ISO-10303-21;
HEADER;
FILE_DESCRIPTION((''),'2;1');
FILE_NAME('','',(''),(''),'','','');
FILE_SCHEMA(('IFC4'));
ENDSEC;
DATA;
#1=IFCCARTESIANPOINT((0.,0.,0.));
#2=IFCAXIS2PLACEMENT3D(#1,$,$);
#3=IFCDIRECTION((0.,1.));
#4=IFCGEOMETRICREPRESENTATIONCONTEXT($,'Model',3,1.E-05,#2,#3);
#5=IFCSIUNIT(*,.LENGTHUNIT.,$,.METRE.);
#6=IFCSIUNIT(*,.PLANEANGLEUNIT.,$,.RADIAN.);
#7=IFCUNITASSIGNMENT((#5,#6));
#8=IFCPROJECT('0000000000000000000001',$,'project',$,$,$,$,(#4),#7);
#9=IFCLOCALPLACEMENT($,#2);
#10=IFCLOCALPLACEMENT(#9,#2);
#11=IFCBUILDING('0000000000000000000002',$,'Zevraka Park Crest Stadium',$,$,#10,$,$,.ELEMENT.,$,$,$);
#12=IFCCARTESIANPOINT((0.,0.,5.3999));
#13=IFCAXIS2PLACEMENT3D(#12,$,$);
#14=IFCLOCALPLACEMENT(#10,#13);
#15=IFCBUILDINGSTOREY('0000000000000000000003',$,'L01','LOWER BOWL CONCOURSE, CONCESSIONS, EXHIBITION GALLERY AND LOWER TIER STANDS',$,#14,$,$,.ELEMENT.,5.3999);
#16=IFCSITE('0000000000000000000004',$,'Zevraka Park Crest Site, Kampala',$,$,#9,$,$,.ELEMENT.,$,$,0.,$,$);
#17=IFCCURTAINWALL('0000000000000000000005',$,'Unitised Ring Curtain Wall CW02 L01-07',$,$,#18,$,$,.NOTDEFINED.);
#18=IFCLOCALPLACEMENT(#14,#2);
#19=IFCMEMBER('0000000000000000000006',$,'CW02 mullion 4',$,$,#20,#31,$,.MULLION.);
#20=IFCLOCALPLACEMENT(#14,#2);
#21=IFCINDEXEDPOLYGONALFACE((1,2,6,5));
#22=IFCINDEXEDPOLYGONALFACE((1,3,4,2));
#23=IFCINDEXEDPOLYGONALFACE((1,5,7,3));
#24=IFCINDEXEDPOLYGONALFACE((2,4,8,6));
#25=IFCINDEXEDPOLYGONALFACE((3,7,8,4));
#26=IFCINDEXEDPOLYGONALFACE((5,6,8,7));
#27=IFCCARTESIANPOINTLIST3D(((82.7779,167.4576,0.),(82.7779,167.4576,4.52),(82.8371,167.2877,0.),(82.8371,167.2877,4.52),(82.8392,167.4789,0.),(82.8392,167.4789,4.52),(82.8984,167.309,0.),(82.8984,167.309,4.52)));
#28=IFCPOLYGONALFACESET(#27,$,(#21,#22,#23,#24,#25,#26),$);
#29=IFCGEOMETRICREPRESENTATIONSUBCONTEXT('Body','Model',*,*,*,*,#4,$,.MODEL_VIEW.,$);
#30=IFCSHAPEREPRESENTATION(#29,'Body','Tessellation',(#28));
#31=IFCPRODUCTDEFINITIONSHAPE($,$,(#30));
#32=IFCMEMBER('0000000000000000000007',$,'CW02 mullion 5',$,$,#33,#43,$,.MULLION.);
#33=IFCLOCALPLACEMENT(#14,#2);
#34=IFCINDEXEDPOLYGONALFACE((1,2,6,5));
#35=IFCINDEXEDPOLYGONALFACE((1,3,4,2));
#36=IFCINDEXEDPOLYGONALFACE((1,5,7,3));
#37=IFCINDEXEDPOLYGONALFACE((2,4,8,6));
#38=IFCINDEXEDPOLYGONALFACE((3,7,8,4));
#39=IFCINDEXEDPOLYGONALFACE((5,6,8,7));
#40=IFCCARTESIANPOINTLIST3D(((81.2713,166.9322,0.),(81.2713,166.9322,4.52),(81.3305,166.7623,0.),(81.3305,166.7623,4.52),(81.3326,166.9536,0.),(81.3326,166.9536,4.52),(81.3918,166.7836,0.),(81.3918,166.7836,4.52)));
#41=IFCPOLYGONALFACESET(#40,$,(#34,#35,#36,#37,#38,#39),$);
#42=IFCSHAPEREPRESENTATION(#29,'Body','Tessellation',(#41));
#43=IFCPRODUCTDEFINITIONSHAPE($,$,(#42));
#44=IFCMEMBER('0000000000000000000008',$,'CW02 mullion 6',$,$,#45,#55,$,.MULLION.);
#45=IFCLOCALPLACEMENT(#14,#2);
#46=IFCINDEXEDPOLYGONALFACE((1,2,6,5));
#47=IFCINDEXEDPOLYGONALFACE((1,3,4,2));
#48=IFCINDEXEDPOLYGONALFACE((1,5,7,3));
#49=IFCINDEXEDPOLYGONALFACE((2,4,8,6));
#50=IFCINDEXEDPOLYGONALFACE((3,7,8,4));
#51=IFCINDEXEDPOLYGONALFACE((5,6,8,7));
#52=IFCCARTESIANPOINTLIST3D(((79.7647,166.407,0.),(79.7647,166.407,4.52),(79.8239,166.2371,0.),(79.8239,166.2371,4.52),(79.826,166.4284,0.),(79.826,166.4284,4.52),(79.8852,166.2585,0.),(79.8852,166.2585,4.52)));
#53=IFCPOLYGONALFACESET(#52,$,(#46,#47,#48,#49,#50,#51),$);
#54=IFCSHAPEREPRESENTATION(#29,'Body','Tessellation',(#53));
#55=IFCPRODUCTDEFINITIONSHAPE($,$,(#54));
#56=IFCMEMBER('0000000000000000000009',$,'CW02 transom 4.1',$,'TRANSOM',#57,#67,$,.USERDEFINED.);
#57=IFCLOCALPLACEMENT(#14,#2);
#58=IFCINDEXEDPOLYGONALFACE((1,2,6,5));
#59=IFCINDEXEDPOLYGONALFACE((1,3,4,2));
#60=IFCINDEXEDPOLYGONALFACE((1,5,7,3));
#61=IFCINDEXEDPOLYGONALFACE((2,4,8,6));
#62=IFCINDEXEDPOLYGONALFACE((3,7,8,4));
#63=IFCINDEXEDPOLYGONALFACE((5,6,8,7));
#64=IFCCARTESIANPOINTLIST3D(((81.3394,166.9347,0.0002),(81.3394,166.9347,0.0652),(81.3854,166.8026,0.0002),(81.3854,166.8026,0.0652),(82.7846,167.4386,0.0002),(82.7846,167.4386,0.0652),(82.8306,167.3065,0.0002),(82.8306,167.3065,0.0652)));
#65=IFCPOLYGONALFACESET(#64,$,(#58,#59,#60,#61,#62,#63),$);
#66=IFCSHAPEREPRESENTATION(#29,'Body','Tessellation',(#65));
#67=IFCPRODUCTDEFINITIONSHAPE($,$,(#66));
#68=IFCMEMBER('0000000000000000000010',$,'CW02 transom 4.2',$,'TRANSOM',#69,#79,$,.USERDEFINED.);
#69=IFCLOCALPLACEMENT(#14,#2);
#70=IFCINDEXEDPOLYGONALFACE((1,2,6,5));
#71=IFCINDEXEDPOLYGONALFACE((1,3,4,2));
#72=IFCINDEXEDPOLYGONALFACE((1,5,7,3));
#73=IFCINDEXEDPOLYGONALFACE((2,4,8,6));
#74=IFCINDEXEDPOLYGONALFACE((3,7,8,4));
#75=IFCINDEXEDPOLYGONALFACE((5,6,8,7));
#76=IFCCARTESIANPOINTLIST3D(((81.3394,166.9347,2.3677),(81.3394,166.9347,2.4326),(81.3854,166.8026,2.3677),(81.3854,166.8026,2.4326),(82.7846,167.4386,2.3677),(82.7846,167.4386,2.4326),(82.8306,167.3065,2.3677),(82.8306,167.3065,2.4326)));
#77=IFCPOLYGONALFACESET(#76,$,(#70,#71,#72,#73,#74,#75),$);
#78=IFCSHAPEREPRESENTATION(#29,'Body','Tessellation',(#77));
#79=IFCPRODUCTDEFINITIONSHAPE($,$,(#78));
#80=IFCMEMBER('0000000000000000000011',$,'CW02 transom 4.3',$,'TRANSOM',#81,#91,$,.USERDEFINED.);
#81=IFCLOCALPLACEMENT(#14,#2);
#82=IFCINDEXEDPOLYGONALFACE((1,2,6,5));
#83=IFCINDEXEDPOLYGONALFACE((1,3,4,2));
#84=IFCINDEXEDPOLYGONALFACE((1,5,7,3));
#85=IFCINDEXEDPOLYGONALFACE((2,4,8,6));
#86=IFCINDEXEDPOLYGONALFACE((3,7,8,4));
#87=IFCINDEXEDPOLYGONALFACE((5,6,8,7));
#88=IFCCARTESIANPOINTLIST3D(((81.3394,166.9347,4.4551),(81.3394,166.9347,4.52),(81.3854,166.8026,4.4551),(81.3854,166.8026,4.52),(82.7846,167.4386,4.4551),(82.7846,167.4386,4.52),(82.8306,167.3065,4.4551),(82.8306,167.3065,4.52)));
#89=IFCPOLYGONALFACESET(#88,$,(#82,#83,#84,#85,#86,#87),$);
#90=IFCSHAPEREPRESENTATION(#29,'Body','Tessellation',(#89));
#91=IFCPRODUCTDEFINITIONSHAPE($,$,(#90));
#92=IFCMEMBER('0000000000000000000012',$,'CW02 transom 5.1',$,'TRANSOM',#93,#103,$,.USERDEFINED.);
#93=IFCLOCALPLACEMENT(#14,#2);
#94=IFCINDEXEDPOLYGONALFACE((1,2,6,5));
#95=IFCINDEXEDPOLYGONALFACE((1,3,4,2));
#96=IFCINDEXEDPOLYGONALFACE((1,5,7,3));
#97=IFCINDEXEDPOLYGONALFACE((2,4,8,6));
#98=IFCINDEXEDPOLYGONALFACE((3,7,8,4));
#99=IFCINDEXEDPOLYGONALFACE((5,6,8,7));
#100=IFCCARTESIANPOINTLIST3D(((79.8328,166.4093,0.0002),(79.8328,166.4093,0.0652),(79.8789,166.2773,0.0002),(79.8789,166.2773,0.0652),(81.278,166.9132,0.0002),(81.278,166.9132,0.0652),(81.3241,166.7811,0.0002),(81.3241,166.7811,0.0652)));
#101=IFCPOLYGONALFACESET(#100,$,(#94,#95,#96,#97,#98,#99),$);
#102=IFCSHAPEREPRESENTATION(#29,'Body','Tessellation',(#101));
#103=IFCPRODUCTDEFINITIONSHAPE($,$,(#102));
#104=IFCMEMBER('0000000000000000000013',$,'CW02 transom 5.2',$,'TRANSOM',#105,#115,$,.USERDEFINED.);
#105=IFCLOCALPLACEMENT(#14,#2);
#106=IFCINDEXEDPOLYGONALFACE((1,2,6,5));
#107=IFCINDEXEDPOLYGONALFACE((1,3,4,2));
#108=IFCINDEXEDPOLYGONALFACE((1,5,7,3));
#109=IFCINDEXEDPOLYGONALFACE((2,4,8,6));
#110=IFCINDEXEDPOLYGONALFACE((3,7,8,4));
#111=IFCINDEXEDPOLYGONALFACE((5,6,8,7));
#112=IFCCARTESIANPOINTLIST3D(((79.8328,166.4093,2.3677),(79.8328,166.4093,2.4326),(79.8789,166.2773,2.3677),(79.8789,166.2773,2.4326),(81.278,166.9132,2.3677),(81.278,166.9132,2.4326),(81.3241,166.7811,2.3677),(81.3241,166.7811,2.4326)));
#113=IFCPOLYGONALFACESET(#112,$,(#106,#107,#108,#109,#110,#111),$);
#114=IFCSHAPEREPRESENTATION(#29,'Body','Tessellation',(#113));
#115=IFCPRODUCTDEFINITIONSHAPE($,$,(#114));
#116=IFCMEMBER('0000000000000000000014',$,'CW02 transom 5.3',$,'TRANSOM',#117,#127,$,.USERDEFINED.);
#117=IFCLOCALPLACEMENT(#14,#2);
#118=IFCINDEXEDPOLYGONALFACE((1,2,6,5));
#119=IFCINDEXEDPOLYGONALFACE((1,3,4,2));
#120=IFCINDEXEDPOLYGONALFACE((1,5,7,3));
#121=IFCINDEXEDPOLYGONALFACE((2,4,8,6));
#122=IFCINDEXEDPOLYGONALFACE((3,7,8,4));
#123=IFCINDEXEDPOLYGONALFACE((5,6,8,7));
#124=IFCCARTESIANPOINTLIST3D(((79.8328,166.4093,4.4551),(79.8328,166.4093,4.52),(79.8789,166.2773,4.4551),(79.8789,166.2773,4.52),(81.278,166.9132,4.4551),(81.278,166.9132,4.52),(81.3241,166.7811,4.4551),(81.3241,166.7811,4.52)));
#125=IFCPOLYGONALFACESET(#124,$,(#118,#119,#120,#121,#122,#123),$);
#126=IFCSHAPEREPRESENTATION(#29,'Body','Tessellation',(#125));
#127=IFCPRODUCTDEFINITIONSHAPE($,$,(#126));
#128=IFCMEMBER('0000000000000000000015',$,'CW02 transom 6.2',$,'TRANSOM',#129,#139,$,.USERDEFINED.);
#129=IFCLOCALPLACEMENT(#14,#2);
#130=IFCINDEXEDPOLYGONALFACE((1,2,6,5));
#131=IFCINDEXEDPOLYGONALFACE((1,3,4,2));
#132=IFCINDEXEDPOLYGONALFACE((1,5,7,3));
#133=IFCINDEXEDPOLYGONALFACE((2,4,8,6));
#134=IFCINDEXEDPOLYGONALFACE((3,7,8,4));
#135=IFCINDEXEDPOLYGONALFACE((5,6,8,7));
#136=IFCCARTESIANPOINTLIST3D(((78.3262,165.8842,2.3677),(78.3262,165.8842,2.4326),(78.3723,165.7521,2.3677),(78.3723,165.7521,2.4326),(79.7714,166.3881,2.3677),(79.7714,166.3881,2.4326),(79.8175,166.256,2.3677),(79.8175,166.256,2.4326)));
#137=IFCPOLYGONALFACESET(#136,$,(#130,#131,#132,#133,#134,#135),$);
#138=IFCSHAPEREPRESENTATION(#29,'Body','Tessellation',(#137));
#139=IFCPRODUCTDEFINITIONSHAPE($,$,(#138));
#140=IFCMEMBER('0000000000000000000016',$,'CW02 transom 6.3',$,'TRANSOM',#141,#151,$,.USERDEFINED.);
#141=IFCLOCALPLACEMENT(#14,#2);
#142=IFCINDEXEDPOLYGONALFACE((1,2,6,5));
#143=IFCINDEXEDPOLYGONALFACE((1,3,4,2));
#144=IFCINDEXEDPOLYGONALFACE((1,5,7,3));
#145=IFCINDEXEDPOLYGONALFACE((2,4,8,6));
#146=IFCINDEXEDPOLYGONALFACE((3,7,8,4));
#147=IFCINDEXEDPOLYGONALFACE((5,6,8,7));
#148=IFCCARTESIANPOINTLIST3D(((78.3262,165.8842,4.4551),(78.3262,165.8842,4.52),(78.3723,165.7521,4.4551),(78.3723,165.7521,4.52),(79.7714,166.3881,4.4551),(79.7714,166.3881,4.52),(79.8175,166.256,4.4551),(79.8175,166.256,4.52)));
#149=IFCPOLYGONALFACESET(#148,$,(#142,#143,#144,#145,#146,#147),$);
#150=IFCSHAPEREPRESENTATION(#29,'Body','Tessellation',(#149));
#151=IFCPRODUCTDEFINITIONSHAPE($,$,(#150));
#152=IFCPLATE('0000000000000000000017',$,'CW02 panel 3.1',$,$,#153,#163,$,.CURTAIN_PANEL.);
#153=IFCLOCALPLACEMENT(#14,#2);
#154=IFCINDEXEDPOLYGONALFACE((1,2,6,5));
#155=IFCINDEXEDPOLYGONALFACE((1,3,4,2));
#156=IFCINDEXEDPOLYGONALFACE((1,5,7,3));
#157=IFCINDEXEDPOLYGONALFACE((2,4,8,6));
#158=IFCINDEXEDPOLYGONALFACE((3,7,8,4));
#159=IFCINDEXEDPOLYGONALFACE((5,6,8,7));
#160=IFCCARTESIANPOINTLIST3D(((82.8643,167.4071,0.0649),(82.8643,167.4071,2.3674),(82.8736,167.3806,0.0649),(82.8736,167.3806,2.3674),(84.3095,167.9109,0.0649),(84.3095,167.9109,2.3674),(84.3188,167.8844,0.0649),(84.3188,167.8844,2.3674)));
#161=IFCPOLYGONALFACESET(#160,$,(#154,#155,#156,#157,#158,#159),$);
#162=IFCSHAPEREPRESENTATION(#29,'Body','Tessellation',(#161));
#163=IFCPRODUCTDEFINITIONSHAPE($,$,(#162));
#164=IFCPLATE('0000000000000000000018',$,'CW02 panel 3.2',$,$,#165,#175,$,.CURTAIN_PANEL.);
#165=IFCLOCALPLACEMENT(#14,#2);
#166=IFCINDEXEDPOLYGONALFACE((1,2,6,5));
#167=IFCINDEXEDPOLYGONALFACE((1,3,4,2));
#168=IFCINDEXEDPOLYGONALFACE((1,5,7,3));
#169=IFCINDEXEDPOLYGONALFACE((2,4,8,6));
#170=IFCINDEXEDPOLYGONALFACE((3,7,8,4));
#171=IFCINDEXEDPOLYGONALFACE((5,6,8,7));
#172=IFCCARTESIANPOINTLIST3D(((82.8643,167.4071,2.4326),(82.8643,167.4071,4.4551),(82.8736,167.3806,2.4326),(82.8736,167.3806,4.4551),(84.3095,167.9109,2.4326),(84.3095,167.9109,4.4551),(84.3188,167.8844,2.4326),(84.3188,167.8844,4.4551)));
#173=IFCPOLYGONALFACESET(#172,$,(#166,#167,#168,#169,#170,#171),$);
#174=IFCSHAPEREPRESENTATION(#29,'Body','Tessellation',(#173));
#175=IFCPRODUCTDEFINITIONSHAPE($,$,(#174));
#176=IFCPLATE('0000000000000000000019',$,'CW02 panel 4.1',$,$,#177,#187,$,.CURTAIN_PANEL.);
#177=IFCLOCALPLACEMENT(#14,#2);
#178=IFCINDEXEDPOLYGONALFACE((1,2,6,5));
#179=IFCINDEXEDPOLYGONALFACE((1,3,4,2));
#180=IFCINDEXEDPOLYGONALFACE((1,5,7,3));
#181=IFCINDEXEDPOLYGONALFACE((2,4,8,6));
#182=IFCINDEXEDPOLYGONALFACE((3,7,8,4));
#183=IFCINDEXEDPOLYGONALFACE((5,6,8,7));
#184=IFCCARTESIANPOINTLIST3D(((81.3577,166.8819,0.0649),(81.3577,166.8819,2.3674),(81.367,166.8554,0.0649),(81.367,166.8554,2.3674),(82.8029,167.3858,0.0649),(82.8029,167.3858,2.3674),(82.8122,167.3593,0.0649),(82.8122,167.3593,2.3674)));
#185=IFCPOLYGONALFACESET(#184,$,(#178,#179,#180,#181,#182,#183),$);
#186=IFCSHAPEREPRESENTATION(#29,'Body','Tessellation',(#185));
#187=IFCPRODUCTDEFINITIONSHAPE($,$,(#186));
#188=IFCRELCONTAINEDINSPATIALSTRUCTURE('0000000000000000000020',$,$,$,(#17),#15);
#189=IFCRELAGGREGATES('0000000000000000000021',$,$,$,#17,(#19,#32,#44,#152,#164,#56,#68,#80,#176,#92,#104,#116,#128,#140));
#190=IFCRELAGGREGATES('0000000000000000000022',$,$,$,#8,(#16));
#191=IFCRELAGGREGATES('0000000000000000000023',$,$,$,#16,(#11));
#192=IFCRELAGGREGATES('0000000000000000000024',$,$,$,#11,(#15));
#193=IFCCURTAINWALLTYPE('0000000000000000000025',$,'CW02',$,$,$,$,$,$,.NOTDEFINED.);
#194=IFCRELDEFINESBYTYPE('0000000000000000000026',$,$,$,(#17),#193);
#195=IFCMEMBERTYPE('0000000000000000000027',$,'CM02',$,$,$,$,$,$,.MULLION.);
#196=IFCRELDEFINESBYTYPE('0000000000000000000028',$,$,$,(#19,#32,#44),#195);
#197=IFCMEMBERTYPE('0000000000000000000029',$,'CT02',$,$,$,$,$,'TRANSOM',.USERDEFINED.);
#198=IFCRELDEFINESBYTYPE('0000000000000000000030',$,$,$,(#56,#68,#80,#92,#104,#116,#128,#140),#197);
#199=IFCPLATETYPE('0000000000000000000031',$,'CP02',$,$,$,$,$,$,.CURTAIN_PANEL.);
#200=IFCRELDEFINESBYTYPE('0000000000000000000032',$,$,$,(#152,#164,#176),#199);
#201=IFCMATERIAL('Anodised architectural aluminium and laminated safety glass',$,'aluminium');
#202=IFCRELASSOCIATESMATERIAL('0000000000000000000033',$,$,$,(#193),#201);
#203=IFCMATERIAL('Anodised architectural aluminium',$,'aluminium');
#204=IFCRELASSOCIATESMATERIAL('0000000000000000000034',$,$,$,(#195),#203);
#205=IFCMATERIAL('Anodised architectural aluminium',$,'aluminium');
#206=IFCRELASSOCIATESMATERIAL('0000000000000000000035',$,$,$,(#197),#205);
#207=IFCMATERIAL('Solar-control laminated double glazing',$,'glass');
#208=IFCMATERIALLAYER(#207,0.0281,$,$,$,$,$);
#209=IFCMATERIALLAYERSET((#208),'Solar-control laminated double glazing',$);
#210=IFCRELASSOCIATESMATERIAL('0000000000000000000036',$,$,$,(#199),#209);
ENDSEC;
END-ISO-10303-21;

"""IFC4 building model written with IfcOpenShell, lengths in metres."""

from ifc_helpers import new_model, si_unit, direction, frame, origin, origin_2d, place, context, subcontext, project, spatial, rectangle, extrude, material, layer, layer_set, material_profile, profile_set, type_object, element, aggregate, save


model = new_model("IFC4")

# Units and contexts
model_context = context("Model", 3, precision=1e-05, world=origin(), true_north=direction((0.0, 1.0)))
body_context = subcontext(model_context, "Body", "Model", "MODEL_VIEW")
ifc_project = project(units=[si_unit("LENGTHUNIT", "METRE"), si_unit("PLANEANGLEUNIT", "RADIAN")], contexts=[model_context])

# Site, building, storey
site_placement = place(None, origin())
site = spatial("IfcSite", under=ifc_project, at=site_placement, Name="Zevraka Park Crest Site, Kampala", CompositionType="ELEMENT", RefElevation=0.0)
building_placement = place(site_placement, origin())
building = spatial("IfcBuilding", under=site, at=building_placement, Name="Zevraka Park Crest Stadium", CompositionType="ELEMENT")
storey_placement = place(building_placement, frame((0.0, 0.0, 5.3999)))
storey = spatial("IfcBuildingStorey", under=building, at=storey_placement, Name="L01", Description="LOWER BOWL CONCOURSE, CONCESSIONS, EXHIBITION GALLERY AND LOWER TIER STANDS", CompositionType="ELEMENT", Elevation=5.3999)

# Curtain wall, members, plates
ifc_material_1 = material(Name="Anodised architectural aluminium and laminated safety glass", Category="aluminium")
curtain_wall_type = type_object("IfcCurtainWallType", Name="CW02", PredefinedType="NOTDEFINED", material=ifc_material_1)
curtain_wall_placement = place(storey_placement, origin())
curtain_wall = element("IfcCurtainWall", 1, at=curtain_wall_placement, inside=storey, type_object=curtain_wall_type, Name="Unitised Ring Curtain Wall CW02 L01-07", PredefinedType="NOTDEFINED")
ifc_material_2 = material(Name="Anodised architectural aluminium", Category="aluminium")
ifc_material_profile_1 = material_profile(ifc_material_2, rectangle(XDim=0.1799, YDim=0.0649, at=origin_2d()), Name="ALU MULLION 180x65")
ifc_profile_set_1 = profile_set([ifc_material_profile_1], Name="Anodised architectural aluminium")
member_type_1 = type_object("IfcMemberType", Name="CM02", PredefinedType="MULLION", material=ifc_profile_set_1)
member_1_placement = place(storey_placement, frame((82.8381, 167.3833, 0.0), z_axis=(0.0, 0.0, 1.0), x_axis=(0.329209, -0.944257, 0.0)))
member_1 = element("IfcMember", 2, at=member_1_placement, type_object=member_type_1, Name="CW02 mullion 4", PredefinedType="MULLION", context=body_context, shape_type="SweptSolid", body=[
    extrude(rectangle(XDim=0.1799, YDim=0.0649, at=origin_2d()), origin(), (0.0, 0.0, 1.0), 4.52),
])
member_2_placement = place(storey_placement, frame((81.3315, 166.8579, 0.0), z_axis=(0.0, 0.0, 1.0), x_axis=(0.329209, -0.944257, 0.0)))
member_2 = element("IfcMember", 3, at=member_2_placement, type_object=member_type_1, Name="CW02 mullion 5", PredefinedType="MULLION", context=body_context, shape_type="SweptSolid", body=[
    extrude(rectangle(XDim=0.1799, YDim=0.0649, at=origin_2d()), origin(), (0.0, 0.0, 1.0), 4.52),
])
member_3_placement = place(storey_placement, frame((79.825, 166.3328, 0.0), z_axis=(0.0, 0.0, 1.0), x_axis=(0.329209, -0.944257, 0.0)))
member_3 = element("IfcMember", 4, at=member_3_placement, type_object=member_type_1, Name="CW02 mullion 6", PredefinedType="MULLION", context=body_context, shape_type="SweptSolid", body=[
    extrude(rectangle(XDim=0.1799, YDim=0.0649, at=origin_2d()), origin(), (0.0, 0.0, 1.0), 4.52),
])
ifc_material_3 = material(Name="Anodised architectural aluminium", Category="aluminium")
ifc_material_profile_2 = material_profile(ifc_material_3, rectangle(XDim=0.1399, YDim=0.0649, at=origin_2d()), Name="ALU TRANSOM 140x65")
ifc_profile_set_2 = profile_set([ifc_material_profile_2], Name="Anodised architectural aluminium")
member_type_2 = type_object("IfcMemberType", Name="CT02", ElementType="TRANSOM", PredefinedType="USERDEFINED", material=ifc_profile_set_2)
member_4_placement = place(storey_placement, frame((82.8076, 167.3726, 0.0327), z_axis=(-0.944256, -0.329213, 0.0), x_axis=(0.329213, -0.944256, 0.0)))
member_4 = element("IfcMember", 5, at=member_4_placement, type_object=member_type_2, Name="CW02 transom 4.1", ObjectType="TRANSOM", PredefinedType="USERDEFINED", context=body_context, shape_type="SweptSolid", body=[
    extrude(rectangle(XDim=0.1399, YDim=0.0649, at=origin_2d()), origin(), (0.0, 0.0, 1.0), 1.5305),
])
member_5_placement = place(storey_placement, frame((82.8076, 167.3726, 2.4001), z_axis=(-0.944256, -0.329213, 0.0), x_axis=(0.329213, -0.944256, 0.0)))
member_5 = element("IfcMember", 6, at=member_5_placement, type_object=member_type_2, Name="CW02 transom 4.2", ObjectType="TRANSOM", PredefinedType="USERDEFINED", context=body_context, shape_type="SweptSolid", body=[
    extrude(rectangle(XDim=0.1399, YDim=0.0649, at=origin_2d()), origin(), (0.0, 0.0, 1.0), 1.5305),
])
member_6_placement = place(storey_placement, frame((82.8076, 167.3726, 4.4875), z_axis=(-0.944256, -0.329213, 0.0), x_axis=(0.329213, -0.944256, 0.0)))
member_6 = element("IfcMember", 7, at=member_6_placement, type_object=member_type_2, Name="CW02 transom 4.3", ObjectType="TRANSOM", PredefinedType="USERDEFINED", context=body_context, shape_type="SweptSolid", body=[
    extrude(rectangle(XDim=0.1399, YDim=0.0649, at=origin_2d()), origin(), (0.0, 0.0, 1.0), 1.5305),
])
member_7_placement = place(storey_placement, frame((81.301, 166.8472, 0.0327), z_axis=(-0.944256, -0.329213, 0.0), x_axis=(0.329213, -0.944256, 0.0)))
member_7 = element("IfcMember", 8, at=member_7_placement, type_object=member_type_2, Name="CW02 transom 5.1", ObjectType="TRANSOM", PredefinedType="USERDEFINED", context=body_context, shape_type="SweptSolid", body=[
    extrude(rectangle(XDim=0.1399, YDim=0.0649, at=origin_2d()), origin(), (0.0, 0.0, 1.0), 1.5305),
])
member_8_placement = place(storey_placement, frame((81.301, 166.8472, 2.4001), z_axis=(-0.944256, -0.329213, 0.0), x_axis=(0.329213, -0.944256, 0.0)))
member_8 = element("IfcMember", 9, at=member_8_placement, type_object=member_type_2, Name="CW02 transom 5.2", ObjectType="TRANSOM", PredefinedType="USERDEFINED", context=body_context, shape_type="SweptSolid", body=[
    extrude(rectangle(XDim=0.1399, YDim=0.0649, at=origin_2d()), origin(), (0.0, 0.0, 1.0), 1.5305),
])
member_9_placement = place(storey_placement, frame((81.301, 166.8472, 4.4875), z_axis=(-0.944256, -0.329213, 0.0), x_axis=(0.329213, -0.944256, 0.0)))
member_9 = element("IfcMember", 10, at=member_9_placement, type_object=member_type_2, Name="CW02 transom 5.3", ObjectType="TRANSOM", PredefinedType="USERDEFINED", context=body_context, shape_type="SweptSolid", body=[
    extrude(rectangle(XDim=0.1399, YDim=0.0649, at=origin_2d()), origin(), (0.0, 0.0, 1.0), 1.5305),
])
member_10_placement = place(storey_placement, frame((79.7944, 166.322, 2.4001), z_axis=(-0.944256, -0.329213, 0.0), x_axis=(0.329213, -0.944256, 0.0)))
member_10 = element("IfcMember", 11, at=member_10_placement, type_object=member_type_2, Name="CW02 transom 6.2", ObjectType="TRANSOM", PredefinedType="USERDEFINED", context=body_context, shape_type="SweptSolid", body=[
    extrude(rectangle(XDim=0.1399, YDim=0.0649, at=origin_2d()), origin(), (0.0, 0.0, 1.0), 1.5305),
])
member_11_placement = place(storey_placement, frame((79.7944, 166.322, 4.4875), z_axis=(-0.944256, -0.329213, 0.0), x_axis=(0.329213, -0.944256, 0.0)))
member_11 = element("IfcMember", 12, at=member_11_placement, type_object=member_type_2, Name="CW02 transom 6.3", ObjectType="TRANSOM", PredefinedType="USERDEFINED", context=body_context, shape_type="SweptSolid", body=[
    extrude(rectangle(XDim=0.1399, YDim=0.0649, at=origin_2d()), origin(), (0.0, 0.0, 1.0), 1.5305),
])
ifc_material_4 = material(Name="Solar-control laminated double glazing", Category="glass")
ifc_layer_1 = layer(ifc_material_4, 0.0281)
ifc_layer_set_1 = layer_set([ifc_layer_1], Name="Solar-control laminated double glazing")
plate_type = type_object("IfcPlateType", Name="CP02", PredefinedType="CURTAIN_PANEL", material=ifc_layer_set_1)
plate_1_placement = place(storey_placement, frame((83.5916, 167.6458, 0.0649), z_axis=(0.0, 0.0, 1.0), x_axis=(-0.944257, -0.329209, 0.0)))
plate_1 = element("IfcPlate", 13, at=plate_1_placement, type_object=plate_type, Name="CW02 panel 3.1", PredefinedType="CURTAIN_PANEL", context=body_context, shape_type="SweptSolid", body=[
    extrude(rectangle(XDim=1.5305, YDim=0.0281, at=origin_2d()), origin(), (0.0, 0.0, 1.0), 2.3025),
])
plate_2_placement = place(storey_placement, frame((83.5916, 167.6458, 2.4326), z_axis=(0.0, 0.0, 1.0), x_axis=(-0.944257, -0.329209, 0.0)))
plate_2 = element("IfcPlate", 14, at=plate_2_placement, type_object=plate_type, Name="CW02 panel 3.2", PredefinedType="CURTAIN_PANEL", context=body_context, shape_type="SweptSolid", body=[
    extrude(rectangle(XDim=1.5305, YDim=0.0281, at=origin_2d()), origin(), (0.0, 0.0, 1.0), 2.0225),
])
plate_3_placement = place(storey_placement, frame((82.085, 167.1206, 0.0649), z_axis=(0.0, 0.0, 1.0), x_axis=(-0.944257, -0.329209, 0.0)))
plate_3 = element("IfcPlate", 15, at=plate_3_placement, type_object=plate_type, Name="CW02 panel 4.1", PredefinedType="CURTAIN_PANEL", context=body_context, shape_type="SweptSolid", body=[
    extrude(rectangle(XDim=1.5305, YDim=0.0281, at=origin_2d()), origin(), (0.0, 0.0, 1.0), 2.3025),
])
aggregate(curtain_wall, [member_1, member_2, member_3, plate_1, plate_2, member_4, member_5, member_6, plate_3, member_7, member_8, member_9, member_10, member_11])

save(model, "model.ifc")
